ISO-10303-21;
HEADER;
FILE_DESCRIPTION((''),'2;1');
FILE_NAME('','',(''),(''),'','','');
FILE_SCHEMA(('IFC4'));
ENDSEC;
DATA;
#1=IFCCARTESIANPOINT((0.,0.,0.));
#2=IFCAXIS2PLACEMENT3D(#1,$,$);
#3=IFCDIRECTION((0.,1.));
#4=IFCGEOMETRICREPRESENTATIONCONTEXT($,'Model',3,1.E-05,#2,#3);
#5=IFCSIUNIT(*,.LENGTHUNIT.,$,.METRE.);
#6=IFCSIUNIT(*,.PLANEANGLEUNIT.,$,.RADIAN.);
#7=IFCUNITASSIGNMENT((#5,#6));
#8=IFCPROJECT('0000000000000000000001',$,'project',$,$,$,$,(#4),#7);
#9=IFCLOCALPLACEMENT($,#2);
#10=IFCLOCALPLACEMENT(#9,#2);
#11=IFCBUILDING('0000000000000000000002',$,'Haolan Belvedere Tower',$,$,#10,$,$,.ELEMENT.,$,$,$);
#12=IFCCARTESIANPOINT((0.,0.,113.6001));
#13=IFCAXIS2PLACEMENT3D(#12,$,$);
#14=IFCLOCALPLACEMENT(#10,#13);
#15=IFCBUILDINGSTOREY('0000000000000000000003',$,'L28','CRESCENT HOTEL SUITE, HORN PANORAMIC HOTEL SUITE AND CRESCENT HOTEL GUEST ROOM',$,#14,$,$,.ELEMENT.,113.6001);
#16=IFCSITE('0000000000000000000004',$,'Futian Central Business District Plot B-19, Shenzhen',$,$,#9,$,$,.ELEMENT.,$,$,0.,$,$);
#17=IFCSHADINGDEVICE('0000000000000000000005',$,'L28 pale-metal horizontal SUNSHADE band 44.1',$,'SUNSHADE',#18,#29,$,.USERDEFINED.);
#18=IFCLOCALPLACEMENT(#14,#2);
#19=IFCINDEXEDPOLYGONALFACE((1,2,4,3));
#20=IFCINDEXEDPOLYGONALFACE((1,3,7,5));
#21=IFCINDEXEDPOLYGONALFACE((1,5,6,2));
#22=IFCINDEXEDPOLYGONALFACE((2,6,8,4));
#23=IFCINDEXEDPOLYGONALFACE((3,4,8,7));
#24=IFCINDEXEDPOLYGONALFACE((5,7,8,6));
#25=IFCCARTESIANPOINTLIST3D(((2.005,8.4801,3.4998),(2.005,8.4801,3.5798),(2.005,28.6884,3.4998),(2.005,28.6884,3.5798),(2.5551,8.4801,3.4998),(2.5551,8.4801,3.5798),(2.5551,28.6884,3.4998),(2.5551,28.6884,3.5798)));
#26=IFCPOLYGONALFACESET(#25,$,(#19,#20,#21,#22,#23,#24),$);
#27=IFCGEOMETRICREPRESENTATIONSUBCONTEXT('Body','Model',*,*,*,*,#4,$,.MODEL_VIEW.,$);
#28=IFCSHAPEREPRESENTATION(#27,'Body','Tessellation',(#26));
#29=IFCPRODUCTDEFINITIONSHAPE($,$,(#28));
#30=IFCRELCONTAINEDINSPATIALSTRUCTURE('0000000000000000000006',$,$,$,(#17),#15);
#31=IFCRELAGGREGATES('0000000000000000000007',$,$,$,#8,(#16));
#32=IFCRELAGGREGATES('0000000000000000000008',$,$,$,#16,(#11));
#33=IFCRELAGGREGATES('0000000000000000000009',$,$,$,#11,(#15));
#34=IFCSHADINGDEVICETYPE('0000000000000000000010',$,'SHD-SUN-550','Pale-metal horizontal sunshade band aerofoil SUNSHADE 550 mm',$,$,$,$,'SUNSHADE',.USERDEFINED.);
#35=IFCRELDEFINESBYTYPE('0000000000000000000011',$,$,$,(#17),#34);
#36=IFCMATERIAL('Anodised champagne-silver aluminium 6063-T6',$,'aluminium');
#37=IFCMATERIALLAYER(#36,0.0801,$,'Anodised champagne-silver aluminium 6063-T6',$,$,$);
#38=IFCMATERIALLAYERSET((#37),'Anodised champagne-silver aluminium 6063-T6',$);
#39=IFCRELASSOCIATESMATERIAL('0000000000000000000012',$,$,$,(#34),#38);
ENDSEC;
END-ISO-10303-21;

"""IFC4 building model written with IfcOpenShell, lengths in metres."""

from ifc_helpers import new_model, si_unit, direction, frame, origin, origin_2d, place, context, subcontext, project, spatial, rectangle, extrude, material, layer, layer_set, type_object, element, save


model = new_model("IFC4")

# Units and contexts
model_context = context("Model", 3, precision=1e-05, world=origin(), true_north=direction((0.0, 1.0)))
body_context = subcontext(model_context, "Body", "Model", "MODEL_VIEW")
ifc_project = project(units=[si_unit("LENGTHUNIT", "METRE"), si_unit("PLANEANGLEUNIT", "RADIAN")], contexts=[model_context])

# Site, building, storey
site_placement = place(None, origin())
site = spatial("IfcSite", under=ifc_project, at=site_placement, Name="Futian Central Business District Plot B-19, Shenzhen", CompositionType="ELEMENT", RefElevation=0.0)
building_placement = place(site_placement, origin())
building = spatial("IfcBuilding", under=site, at=building_placement, Name="Haolan Belvedere Tower", CompositionType="ELEMENT")
storey_placement = place(building_placement, frame((0.0, 0.0, 113.6001)))
storey = spatial("IfcBuildingStorey", under=building, at=storey_placement, Name="L28", Description="CRESCENT HOTEL SUITE, HORN PANORAMIC HOTEL SUITE AND CRESCENT HOTEL GUEST ROOM", CompositionType="ELEMENT", Elevation=113.6001)

# Shading device
ifc_material_1 = material(Name="Anodised champagne-silver aluminium 6063-T6", Category="aluminium")
ifc_layer_1 = layer(ifc_material_1, 0.0801, Name="Anodised champagne-silver aluminium 6063-T6")
ifc_layer_set_1 = layer_set([ifc_layer_1], Name="Anodised champagne-silver aluminium 6063-T6")
shading_device_type = type_object("IfcShadingDeviceType", Name="SHD-SUN-550", Description="Pale-metal horizontal sunshade band aerofoil SUNSHADE 550 mm", ElementType="SUNSHADE", PredefinedType="USERDEFINED", material=ifc_layer_set_1)
shading_device_placement = place(storey_placement, frame((2.28, 18.5842, 3.4998), z_axis=(0.0, 0.0, 1.0), x_axis=(0.0, -1.0, 0.0)))
element("IfcShadingDevice", 1, at=shading_device_placement, inside=storey, type_object=shading_device_type, Name="L28 pale-metal horizontal SUNSHADE band 44.1", ObjectType="SUNSHADE", PredefinedType="USERDEFINED", context=body_context, shape_type="SweptSolid", body=[
    extrude(rectangle(XDim=20.2083, YDim=0.55, at=origin_2d()), origin(), (0.0, 0.0, 1.0), 0.0801),
])

save(model, "model.ifc")
